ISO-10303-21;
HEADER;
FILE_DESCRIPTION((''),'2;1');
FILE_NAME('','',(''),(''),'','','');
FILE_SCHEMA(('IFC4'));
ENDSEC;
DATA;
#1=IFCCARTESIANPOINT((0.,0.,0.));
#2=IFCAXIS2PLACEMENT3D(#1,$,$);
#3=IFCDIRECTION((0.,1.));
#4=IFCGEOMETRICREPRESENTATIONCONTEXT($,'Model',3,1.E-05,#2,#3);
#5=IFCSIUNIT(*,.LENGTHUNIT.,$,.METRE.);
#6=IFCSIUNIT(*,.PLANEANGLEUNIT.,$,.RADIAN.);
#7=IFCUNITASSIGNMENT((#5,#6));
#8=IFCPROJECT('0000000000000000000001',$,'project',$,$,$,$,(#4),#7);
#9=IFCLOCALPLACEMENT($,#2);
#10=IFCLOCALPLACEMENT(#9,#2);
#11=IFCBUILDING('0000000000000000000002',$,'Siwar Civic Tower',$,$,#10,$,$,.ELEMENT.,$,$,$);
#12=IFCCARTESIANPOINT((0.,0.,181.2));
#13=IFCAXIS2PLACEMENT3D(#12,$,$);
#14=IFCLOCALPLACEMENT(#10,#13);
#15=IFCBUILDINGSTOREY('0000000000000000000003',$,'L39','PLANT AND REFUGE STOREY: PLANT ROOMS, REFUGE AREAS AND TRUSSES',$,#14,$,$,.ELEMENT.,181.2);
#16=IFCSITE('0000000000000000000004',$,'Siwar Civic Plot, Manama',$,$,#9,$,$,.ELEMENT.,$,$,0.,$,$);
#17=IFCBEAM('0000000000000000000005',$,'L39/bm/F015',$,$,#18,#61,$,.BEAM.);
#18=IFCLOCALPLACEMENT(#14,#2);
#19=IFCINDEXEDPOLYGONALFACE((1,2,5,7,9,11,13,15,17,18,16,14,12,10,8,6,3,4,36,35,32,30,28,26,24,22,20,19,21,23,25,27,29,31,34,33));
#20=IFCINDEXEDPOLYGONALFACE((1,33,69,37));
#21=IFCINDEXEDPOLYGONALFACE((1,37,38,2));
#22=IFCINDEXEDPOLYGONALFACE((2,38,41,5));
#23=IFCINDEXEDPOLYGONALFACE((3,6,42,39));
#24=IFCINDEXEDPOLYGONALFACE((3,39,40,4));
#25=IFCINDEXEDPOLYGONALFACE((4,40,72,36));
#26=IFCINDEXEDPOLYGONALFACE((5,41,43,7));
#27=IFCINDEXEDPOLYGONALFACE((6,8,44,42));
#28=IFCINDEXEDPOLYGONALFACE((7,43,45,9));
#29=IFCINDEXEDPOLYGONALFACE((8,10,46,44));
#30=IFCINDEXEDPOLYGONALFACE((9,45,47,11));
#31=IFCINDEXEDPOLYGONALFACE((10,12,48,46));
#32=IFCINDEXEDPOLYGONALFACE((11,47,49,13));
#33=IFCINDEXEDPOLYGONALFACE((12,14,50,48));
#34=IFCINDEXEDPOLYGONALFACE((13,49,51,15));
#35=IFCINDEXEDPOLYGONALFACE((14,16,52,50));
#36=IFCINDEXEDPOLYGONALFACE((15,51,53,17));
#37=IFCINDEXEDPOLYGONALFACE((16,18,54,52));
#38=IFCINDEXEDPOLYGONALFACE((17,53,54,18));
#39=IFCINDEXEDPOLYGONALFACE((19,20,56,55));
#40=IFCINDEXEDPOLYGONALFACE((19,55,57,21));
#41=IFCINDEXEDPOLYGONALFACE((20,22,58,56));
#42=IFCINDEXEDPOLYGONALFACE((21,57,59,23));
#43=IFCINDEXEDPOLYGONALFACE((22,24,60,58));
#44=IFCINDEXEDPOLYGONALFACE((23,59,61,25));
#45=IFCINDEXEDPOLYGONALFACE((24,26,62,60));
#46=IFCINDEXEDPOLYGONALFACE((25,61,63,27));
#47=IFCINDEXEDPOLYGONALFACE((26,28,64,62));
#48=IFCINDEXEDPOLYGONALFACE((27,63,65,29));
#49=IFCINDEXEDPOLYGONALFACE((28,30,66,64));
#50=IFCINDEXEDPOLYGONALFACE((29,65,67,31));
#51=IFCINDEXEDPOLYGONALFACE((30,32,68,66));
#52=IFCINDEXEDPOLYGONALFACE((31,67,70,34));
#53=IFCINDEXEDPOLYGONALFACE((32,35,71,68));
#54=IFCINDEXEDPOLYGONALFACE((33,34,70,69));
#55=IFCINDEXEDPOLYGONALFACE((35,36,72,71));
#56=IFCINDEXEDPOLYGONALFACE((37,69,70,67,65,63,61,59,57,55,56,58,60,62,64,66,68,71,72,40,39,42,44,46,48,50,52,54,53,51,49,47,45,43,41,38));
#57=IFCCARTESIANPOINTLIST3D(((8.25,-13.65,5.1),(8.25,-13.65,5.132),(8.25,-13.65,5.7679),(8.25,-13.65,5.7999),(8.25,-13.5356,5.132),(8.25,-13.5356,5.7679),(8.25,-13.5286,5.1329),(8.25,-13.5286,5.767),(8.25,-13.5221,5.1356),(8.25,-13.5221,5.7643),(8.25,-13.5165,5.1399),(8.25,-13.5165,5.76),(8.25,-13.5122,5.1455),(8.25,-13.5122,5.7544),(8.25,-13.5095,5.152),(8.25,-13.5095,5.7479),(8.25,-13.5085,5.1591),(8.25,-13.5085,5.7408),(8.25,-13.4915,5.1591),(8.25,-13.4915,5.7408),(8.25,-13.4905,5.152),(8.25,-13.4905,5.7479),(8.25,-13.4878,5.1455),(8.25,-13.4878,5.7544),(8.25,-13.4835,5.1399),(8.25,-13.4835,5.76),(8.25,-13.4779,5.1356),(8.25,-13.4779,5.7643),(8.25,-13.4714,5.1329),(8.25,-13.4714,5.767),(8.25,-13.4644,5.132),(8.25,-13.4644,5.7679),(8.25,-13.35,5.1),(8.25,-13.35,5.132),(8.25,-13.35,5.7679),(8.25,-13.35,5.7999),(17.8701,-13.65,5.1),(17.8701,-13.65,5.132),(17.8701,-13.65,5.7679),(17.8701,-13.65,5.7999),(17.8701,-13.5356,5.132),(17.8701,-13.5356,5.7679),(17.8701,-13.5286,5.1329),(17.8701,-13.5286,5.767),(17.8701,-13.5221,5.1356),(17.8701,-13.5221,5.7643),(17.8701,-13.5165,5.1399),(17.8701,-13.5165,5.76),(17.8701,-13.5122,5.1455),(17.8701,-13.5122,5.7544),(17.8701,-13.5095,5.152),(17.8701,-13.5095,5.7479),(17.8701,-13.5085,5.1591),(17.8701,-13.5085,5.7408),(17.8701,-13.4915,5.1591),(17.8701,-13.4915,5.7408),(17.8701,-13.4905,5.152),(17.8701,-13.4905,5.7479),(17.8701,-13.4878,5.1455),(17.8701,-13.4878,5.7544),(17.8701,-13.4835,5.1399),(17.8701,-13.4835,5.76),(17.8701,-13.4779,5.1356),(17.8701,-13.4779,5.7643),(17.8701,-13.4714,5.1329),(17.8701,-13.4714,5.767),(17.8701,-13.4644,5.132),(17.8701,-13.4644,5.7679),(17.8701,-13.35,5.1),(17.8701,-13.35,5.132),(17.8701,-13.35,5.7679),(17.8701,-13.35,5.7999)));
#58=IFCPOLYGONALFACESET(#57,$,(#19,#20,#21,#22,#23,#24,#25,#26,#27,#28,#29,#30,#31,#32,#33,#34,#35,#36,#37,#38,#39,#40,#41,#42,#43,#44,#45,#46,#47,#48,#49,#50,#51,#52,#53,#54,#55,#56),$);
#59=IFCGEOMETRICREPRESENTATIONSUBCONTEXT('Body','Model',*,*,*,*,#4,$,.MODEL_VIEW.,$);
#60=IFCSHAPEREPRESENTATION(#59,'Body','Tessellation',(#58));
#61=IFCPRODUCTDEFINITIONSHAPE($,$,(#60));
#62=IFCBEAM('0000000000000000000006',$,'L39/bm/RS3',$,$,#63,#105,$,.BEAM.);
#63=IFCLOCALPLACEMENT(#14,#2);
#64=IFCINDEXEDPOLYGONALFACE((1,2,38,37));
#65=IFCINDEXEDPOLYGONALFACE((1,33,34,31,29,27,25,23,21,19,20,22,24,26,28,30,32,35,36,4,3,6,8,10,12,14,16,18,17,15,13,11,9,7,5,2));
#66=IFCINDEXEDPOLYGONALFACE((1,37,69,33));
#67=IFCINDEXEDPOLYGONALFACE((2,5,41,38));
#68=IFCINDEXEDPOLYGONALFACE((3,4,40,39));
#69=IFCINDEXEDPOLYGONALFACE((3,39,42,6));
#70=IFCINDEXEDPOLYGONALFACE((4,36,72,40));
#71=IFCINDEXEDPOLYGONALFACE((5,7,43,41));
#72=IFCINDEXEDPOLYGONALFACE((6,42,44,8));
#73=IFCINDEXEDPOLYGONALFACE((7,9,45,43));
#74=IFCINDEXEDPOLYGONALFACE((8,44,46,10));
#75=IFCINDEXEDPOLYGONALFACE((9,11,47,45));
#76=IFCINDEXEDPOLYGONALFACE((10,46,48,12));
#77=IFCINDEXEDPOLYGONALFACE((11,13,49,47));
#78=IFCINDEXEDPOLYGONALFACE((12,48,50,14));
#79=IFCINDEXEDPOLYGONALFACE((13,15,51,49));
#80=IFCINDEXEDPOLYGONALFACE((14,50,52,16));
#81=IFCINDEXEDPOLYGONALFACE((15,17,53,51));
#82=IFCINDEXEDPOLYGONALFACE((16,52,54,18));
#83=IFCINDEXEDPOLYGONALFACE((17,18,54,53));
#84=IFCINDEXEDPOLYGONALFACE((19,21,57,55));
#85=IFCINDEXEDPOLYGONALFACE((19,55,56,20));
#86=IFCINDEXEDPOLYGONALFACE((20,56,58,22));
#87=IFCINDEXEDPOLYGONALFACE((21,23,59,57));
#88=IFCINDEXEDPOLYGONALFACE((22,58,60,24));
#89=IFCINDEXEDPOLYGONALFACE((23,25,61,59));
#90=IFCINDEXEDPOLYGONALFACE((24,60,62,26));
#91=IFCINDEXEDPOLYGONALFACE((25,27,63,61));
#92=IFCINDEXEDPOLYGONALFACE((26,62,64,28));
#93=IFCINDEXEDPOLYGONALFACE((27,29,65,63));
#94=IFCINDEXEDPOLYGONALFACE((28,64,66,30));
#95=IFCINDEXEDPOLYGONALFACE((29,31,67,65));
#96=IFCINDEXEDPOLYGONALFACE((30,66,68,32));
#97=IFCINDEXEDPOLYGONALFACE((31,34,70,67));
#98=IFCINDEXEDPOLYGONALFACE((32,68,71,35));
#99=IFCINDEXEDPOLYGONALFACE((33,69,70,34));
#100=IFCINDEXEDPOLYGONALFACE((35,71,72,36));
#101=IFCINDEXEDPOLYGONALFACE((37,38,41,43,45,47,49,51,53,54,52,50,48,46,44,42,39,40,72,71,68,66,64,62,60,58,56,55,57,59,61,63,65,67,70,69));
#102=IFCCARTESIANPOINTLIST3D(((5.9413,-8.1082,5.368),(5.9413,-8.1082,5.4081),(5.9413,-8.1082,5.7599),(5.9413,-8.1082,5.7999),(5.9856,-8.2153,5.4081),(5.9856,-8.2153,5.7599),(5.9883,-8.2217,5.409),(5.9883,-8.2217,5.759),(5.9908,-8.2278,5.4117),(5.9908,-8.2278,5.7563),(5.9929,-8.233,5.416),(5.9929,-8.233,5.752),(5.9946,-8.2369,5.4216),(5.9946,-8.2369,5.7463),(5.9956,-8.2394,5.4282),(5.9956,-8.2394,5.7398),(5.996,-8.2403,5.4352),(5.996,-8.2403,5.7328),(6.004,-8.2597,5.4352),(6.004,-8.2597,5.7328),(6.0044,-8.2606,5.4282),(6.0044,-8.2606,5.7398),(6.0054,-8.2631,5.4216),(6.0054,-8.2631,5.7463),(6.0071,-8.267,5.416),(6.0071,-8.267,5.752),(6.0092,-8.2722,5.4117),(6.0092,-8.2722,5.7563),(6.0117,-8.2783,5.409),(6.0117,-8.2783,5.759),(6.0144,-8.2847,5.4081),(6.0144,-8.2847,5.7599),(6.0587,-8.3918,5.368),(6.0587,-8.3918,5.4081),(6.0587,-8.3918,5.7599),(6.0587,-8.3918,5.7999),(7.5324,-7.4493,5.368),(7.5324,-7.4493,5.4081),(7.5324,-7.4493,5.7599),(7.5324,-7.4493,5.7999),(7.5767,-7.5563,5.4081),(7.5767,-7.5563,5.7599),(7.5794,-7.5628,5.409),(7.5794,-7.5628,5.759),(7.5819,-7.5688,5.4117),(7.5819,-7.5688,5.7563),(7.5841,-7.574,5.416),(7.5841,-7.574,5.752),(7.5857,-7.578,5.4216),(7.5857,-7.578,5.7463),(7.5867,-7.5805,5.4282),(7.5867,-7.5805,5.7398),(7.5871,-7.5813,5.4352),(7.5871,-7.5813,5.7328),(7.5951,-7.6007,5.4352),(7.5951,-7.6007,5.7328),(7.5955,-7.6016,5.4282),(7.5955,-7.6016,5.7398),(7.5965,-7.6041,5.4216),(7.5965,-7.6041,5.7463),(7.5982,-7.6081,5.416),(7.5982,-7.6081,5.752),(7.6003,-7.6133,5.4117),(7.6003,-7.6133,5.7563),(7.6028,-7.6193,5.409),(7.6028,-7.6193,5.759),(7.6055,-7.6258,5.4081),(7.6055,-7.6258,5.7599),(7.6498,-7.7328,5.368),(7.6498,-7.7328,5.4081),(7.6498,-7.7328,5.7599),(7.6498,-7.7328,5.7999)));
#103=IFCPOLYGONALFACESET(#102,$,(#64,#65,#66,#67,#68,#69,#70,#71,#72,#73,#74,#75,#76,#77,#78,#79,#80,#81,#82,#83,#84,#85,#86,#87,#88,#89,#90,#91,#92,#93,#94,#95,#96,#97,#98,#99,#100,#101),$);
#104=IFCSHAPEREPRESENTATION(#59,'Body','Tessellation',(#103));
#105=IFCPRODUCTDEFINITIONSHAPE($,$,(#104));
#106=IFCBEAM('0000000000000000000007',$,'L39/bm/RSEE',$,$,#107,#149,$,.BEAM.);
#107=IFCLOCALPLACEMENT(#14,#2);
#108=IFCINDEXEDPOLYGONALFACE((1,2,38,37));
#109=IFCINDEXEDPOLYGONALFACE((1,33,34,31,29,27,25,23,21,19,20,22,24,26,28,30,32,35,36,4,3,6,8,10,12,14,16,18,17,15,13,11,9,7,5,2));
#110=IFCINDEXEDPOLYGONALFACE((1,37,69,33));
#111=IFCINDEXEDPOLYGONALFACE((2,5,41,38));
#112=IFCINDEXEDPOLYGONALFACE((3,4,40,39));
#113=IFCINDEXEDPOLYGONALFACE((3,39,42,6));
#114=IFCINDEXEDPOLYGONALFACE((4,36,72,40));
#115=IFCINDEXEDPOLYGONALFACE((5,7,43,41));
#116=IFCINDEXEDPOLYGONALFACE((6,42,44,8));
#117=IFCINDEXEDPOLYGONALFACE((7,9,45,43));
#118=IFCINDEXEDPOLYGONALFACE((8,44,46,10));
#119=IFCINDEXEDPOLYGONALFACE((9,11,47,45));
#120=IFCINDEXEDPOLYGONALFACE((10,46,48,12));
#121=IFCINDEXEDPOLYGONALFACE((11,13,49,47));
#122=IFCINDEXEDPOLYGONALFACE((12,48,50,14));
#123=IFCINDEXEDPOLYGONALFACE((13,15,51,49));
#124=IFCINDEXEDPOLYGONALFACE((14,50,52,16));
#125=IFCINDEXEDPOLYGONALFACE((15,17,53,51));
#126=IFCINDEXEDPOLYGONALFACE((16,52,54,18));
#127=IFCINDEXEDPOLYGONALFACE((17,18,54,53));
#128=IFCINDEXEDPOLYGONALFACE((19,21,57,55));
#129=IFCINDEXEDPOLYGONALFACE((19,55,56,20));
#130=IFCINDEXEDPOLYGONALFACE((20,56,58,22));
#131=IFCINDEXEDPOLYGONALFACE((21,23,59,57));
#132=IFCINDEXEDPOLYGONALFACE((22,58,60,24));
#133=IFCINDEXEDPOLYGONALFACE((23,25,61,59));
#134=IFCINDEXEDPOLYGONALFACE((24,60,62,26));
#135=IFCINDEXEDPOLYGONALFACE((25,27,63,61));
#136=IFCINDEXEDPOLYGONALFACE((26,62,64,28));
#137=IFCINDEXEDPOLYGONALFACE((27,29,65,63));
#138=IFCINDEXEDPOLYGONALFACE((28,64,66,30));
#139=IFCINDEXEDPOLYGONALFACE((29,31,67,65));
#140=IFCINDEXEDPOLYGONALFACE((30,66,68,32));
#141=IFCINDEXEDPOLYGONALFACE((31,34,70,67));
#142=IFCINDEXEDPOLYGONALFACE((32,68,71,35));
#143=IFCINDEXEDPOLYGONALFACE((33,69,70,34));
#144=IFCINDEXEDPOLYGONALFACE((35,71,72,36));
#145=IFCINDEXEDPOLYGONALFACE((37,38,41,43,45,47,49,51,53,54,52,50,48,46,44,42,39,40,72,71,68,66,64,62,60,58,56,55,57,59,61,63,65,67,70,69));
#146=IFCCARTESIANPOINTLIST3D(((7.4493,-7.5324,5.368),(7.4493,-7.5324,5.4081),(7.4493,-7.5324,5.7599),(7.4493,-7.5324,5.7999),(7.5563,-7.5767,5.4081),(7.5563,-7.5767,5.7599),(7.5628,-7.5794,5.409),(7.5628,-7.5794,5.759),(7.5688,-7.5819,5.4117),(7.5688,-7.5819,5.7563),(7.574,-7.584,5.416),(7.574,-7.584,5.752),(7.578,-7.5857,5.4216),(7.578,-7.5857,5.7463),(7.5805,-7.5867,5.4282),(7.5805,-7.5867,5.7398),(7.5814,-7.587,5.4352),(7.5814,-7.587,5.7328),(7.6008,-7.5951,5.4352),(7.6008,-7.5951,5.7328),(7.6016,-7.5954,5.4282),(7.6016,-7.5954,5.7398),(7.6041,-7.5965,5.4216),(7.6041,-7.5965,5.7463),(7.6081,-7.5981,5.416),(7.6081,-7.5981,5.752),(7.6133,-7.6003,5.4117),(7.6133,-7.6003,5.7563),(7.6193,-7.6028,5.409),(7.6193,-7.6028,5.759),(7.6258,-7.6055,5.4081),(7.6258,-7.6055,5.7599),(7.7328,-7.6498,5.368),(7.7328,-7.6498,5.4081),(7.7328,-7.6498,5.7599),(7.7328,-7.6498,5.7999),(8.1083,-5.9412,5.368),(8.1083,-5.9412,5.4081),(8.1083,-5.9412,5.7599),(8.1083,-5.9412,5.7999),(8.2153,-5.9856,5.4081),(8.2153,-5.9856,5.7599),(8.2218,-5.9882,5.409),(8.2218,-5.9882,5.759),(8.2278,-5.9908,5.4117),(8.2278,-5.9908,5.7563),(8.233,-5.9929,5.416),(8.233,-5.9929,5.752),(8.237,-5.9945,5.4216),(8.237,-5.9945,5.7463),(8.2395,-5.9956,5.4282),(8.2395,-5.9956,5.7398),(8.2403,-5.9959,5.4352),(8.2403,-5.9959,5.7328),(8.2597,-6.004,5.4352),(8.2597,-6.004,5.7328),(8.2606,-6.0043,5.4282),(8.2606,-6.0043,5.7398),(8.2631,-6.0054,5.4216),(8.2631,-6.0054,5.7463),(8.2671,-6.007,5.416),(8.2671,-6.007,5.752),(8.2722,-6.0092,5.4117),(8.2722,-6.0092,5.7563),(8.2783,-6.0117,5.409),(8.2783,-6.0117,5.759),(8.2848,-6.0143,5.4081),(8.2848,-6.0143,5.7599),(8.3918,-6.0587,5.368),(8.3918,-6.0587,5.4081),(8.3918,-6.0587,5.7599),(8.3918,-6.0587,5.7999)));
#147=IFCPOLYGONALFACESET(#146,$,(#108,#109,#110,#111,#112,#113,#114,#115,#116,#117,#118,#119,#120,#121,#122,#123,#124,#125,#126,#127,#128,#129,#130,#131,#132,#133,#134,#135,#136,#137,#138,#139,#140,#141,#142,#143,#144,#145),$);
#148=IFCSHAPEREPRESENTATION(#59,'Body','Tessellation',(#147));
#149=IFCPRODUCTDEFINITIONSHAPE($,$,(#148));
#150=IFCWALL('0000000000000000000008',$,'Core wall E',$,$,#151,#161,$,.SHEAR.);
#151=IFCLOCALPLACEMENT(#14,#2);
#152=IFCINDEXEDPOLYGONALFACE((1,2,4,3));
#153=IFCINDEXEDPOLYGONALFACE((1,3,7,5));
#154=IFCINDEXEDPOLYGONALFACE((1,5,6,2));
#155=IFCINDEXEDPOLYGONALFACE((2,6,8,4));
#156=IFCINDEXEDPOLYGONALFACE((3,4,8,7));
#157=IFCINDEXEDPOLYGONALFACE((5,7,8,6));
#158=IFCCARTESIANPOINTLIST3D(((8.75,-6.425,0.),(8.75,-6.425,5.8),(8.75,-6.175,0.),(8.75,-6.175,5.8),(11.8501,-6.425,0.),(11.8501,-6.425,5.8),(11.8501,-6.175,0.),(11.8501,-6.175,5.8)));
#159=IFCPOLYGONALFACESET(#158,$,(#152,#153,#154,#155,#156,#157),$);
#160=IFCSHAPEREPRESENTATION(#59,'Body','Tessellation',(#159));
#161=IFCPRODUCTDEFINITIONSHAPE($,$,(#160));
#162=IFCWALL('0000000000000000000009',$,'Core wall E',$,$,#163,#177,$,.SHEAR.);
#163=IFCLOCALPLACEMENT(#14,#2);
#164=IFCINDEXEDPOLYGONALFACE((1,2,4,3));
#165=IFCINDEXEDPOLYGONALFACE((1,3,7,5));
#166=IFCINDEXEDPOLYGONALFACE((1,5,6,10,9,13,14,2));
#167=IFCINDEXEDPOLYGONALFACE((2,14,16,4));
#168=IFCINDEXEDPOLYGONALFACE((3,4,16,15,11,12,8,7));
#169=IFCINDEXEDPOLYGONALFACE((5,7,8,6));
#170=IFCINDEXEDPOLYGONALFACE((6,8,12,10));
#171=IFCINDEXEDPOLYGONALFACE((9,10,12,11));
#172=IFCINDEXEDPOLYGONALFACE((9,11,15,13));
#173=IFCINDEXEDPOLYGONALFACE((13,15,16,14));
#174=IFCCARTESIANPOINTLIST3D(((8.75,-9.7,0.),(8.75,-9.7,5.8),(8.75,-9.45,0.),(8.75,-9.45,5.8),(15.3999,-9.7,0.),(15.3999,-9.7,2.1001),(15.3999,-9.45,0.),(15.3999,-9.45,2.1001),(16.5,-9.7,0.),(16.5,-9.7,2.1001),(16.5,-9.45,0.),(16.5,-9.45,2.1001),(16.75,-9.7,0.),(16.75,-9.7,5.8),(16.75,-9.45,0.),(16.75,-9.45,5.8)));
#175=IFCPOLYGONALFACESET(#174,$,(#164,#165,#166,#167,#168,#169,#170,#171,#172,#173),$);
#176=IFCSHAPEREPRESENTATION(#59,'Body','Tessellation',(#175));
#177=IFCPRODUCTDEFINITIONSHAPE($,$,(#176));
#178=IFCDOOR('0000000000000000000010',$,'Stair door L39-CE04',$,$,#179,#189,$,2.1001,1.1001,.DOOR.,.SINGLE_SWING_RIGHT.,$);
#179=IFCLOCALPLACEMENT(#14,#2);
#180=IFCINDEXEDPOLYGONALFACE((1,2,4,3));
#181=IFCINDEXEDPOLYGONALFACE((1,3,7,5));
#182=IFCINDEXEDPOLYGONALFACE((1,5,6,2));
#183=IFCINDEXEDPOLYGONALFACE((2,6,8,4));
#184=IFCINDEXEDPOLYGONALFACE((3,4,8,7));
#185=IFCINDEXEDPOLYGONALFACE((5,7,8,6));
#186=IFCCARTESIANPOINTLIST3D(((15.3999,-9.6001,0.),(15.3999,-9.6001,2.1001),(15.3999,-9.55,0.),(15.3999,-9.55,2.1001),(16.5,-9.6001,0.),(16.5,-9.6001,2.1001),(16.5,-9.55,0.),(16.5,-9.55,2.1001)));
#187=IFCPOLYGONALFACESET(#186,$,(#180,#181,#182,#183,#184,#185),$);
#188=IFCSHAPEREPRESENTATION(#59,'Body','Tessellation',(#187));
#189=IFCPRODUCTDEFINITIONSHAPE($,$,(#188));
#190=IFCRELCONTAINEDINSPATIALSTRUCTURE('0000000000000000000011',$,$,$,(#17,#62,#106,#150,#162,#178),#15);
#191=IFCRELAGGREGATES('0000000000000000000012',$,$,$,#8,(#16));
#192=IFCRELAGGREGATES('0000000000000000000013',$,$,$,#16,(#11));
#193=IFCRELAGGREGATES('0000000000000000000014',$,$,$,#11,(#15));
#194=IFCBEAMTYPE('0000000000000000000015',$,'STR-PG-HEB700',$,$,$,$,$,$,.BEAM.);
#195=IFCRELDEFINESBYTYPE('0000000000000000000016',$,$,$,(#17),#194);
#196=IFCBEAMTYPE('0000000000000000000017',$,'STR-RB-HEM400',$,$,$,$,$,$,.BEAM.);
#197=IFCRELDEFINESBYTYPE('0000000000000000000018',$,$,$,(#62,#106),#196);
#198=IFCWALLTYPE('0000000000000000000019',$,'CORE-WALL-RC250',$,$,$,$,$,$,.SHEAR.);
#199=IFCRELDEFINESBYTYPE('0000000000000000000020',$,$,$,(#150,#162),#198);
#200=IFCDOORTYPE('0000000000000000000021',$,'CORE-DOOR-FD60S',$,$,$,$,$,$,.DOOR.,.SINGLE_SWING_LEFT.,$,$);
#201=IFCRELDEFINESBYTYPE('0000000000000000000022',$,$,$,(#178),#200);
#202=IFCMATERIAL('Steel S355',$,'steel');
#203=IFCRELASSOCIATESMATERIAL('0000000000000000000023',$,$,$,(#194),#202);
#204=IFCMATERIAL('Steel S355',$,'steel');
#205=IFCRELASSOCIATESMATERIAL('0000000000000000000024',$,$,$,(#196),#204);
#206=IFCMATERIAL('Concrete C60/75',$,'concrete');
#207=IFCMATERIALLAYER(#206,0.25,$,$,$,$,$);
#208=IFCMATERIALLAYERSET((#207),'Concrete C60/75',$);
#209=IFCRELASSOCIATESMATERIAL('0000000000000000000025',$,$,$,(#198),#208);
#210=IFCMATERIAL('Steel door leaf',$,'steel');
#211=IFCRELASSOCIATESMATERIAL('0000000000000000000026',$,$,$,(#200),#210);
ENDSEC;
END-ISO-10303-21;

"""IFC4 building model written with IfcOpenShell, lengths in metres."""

from ifc_helpers import new_model, si_unit, direction, frame, frame_2d, origin, origin_2d, place, context, subcontext, project, spatial, rectangle, i_section, extrude, material, layer, layer_set, material_profile, profile_set, type_object, element, fill, save


model = new_model("IFC4")

# Units and contexts
model_context = context("Model", 3, precision=1e-05, world=origin(), true_north=direction((0.0, 1.0)))
body_context = subcontext(model_context, "Body", "Model", "MODEL_VIEW")
ifc_project = project(units=[si_unit("LENGTHUNIT", "METRE"), si_unit("PLANEANGLEUNIT", "RADIAN")], contexts=[model_context])

# Site, building, storey
site_placement = place(None, origin())
site = spatial("IfcSite", under=ifc_project, at=site_placement, Name="Siwar Civic Plot, Manama", CompositionType="ELEMENT", RefElevation=0.0)
building_placement = place(site_placement, origin())
building = spatial("IfcBuilding", under=site, at=building_placement, Name="Siwar Civic Tower", CompositionType="ELEMENT")
storey_placement = place(building_placement, frame((0.0, 0.0, 181.2)))
storey = spatial("IfcBuildingStorey", under=building, at=storey_placement, Name="L39", Description="PLANT AND REFUGE STOREY: PLANT ROOMS, REFUGE AREAS AND TRUSSES", CompositionType="ELEMENT", Elevation=181.2)

# Beams
ifc_material_1 = material(Name="Steel S355", Category="steel")
ifc_material_profile_1 = material_profile(ifc_material_1, i_section(OverallWidth=0.3, OverallDepth=0.7, WebThickness=0.0171, FlangeThickness=0.032, FilletRadius=0.0271, at=origin_2d()), Name="HEB700")
ifc_profile_set_1 = profile_set([ifc_material_profile_1], Name="Steel S355")
beam_type_1 = type_object("IfcBeamType", Name="STR-PG-HEB700", PredefinedType="BEAM", material=ifc_profile_set_1)
beam_1_placement = place(storey_placement, frame((8.25, -13.5, 5.45), z_axis=(1.0, 0.0, 0.0), x_axis=(0.0, 1.0, 0.0)))
element("IfcBeam", 1, at=beam_1_placement, inside=storey, type_object=beam_type_1, Name="L39/bm/F015", PredefinedType="BEAM", context=body_context, shape_type="SweptSolid", body=[
    extrude(i_section(OverallWidth=0.3, OverallDepth=0.7, WebThickness=0.0171, FlangeThickness=0.032, FilletRadius=0.0271, at=origin_2d()), origin(), (0.0, 0.0, 1.0), 9.6201),
])
ifc_material_2 = material(Name="Steel S355", Category="steel")
ifc_material_profile_2 = material_profile(ifc_material_2, i_section(OverallWidth=0.3069, OverallDepth=0.4319, WebThickness=0.021, FlangeThickness=0.04, FilletRadius=0.0271, at=origin_2d()), Name="HEM400")
ifc_profile_set_2 = profile_set([ifc_material_profile_2], Name="Steel S355")
beam_type_2 = type_object("IfcBeamType", Name="STR-RB-HEM400", PredefinedType="BEAM", material=ifc_profile_set_2)
for number, where, z_axis, x_axis, name in (
    (2, (6.0, -8.25, 5.584), (0.923901, 0.382631, 0.0), (-0.382631, 0.923901, 0.0), "L39/bm/RS3"),
    (3, (7.5911, -7.5911, 5.584), (0.382631, 0.923901, 0.0), (-0.923901, 0.382631, 0.0), "L39/bm/RSEE"),
):
    element("IfcBeam", number, at=place(storey_placement, frame(where, z_axis=z_axis, x_axis=x_axis)), inside=storey, type_object=beam_type_2, Name=name, PredefinedType="BEAM", context=body_context, shape_type="SweptSolid", body=[
        extrude(i_section(OverallWidth=0.3069, OverallDepth=0.4319, WebThickness=0.021, FlangeThickness=0.04, FilletRadius=0.0271, at=origin_2d()), origin(), (0.0, 0.0, 1.0), 1.7222),
    ])

# Wall
ifc_material_3 = material(Name="Concrete C60/75", Category="concrete")
ifc_layer_1 = layer(ifc_material_3, 0.25)
ifc_layer_set_1 = layer_set([ifc_layer_1], Name="Concrete C60/75")
wall_type_1 = type_object("IfcWallType", Name="CORE-WALL-RC250", PredefinedType="SHEAR", material=ifc_layer_set_1)
wall_1_placement = place(storey_placement, frame((8.75, -6.3, 0.0), z_axis=(0.0, 0.0, 1.0), x_axis=(1.0, 0.0, 0.0)))
element("IfcWall", 4, at=wall_1_placement, inside=storey, type_object=wall_type_1, Name="Core wall E", PredefinedType="SHEAR", context=body_context, shape_type="SweptSolid", body=[
    extrude(rectangle(XDim=3.1001, YDim=0.25, at=frame_2d((1.55, 0.0))), origin(), (0.0, 0.0, 1.0), 5.8),
])

# Wall, opening, door
wall_2_placement = place(storey_placement, frame((8.75, -9.575, 0.0), z_axis=(0.0, 0.0, 1.0), x_axis=(1.0, 0.0, 0.0)))
wall_2 = element("IfcWall", 5, at=wall_2_placement, inside=storey, type_object=wall_type_1, Name="Core wall E", PredefinedType="SHEAR", context=body_context, shape_type="SweptSolid", body=[
    extrude(rectangle(XDim=8.0, YDim=0.25, at=frame_2d((4.0, 0.0))), origin(), (0.0, 0.0, 1.0), 5.8),
])
opening_1_placement = place(wall_2_placement, frame((6.6499, 0.0, 0.0)))
opening_1 = element("IfcOpeningElement", 6, at=opening_1_placement, cuts=wall_2, PredefinedType="OPENING", context=body_context, shape_type="SweptSolid", body=[
    extrude(rectangle(XDim=1.1001, YDim=2.1001, at=frame_2d((0.55, 1.05))), frame((0.0, 0.135, 0.0), z_axis=(0.0, -1.0, 0.0), x_axis=(1.0, 0.0, 0.0)), (0.0, 0.0, 1.0), 0.27),
])
ifc_material_4 = material(Name="Steel door leaf", Category="steel")
door_type_1 = type_object("IfcDoorType", Name="CORE-DOOR-FD60S", OperationType="SINGLE_SWING_LEFT", PredefinedType="DOOR", material=ifc_material_4)
door_1_placement = place(opening_1_placement, origin())
door_1 = element("IfcDoor", 7, at=door_1_placement, inside=storey, type_object=door_type_1, Name="Stair door L39-CE04", OperationType="SINGLE_SWING_RIGHT", OverallHeight=2.1001, OverallWidth=1.1001, PredefinedType="DOOR", context=body_context, shape_type="SweptSolid", body=[
    extrude(rectangle(XDim=1.1001, YDim=2.1001, at=frame_2d((0.55, 1.05))), frame((0.0, 0.0249, 0.0), z_axis=(0.0, -1.0, 0.0), x_axis=(1.0, 0.0, 0.0)), (0.0, 0.0, 1.0), 0.05),
])
fill(opening_1, door_1)

save(model, "model.ifc")
